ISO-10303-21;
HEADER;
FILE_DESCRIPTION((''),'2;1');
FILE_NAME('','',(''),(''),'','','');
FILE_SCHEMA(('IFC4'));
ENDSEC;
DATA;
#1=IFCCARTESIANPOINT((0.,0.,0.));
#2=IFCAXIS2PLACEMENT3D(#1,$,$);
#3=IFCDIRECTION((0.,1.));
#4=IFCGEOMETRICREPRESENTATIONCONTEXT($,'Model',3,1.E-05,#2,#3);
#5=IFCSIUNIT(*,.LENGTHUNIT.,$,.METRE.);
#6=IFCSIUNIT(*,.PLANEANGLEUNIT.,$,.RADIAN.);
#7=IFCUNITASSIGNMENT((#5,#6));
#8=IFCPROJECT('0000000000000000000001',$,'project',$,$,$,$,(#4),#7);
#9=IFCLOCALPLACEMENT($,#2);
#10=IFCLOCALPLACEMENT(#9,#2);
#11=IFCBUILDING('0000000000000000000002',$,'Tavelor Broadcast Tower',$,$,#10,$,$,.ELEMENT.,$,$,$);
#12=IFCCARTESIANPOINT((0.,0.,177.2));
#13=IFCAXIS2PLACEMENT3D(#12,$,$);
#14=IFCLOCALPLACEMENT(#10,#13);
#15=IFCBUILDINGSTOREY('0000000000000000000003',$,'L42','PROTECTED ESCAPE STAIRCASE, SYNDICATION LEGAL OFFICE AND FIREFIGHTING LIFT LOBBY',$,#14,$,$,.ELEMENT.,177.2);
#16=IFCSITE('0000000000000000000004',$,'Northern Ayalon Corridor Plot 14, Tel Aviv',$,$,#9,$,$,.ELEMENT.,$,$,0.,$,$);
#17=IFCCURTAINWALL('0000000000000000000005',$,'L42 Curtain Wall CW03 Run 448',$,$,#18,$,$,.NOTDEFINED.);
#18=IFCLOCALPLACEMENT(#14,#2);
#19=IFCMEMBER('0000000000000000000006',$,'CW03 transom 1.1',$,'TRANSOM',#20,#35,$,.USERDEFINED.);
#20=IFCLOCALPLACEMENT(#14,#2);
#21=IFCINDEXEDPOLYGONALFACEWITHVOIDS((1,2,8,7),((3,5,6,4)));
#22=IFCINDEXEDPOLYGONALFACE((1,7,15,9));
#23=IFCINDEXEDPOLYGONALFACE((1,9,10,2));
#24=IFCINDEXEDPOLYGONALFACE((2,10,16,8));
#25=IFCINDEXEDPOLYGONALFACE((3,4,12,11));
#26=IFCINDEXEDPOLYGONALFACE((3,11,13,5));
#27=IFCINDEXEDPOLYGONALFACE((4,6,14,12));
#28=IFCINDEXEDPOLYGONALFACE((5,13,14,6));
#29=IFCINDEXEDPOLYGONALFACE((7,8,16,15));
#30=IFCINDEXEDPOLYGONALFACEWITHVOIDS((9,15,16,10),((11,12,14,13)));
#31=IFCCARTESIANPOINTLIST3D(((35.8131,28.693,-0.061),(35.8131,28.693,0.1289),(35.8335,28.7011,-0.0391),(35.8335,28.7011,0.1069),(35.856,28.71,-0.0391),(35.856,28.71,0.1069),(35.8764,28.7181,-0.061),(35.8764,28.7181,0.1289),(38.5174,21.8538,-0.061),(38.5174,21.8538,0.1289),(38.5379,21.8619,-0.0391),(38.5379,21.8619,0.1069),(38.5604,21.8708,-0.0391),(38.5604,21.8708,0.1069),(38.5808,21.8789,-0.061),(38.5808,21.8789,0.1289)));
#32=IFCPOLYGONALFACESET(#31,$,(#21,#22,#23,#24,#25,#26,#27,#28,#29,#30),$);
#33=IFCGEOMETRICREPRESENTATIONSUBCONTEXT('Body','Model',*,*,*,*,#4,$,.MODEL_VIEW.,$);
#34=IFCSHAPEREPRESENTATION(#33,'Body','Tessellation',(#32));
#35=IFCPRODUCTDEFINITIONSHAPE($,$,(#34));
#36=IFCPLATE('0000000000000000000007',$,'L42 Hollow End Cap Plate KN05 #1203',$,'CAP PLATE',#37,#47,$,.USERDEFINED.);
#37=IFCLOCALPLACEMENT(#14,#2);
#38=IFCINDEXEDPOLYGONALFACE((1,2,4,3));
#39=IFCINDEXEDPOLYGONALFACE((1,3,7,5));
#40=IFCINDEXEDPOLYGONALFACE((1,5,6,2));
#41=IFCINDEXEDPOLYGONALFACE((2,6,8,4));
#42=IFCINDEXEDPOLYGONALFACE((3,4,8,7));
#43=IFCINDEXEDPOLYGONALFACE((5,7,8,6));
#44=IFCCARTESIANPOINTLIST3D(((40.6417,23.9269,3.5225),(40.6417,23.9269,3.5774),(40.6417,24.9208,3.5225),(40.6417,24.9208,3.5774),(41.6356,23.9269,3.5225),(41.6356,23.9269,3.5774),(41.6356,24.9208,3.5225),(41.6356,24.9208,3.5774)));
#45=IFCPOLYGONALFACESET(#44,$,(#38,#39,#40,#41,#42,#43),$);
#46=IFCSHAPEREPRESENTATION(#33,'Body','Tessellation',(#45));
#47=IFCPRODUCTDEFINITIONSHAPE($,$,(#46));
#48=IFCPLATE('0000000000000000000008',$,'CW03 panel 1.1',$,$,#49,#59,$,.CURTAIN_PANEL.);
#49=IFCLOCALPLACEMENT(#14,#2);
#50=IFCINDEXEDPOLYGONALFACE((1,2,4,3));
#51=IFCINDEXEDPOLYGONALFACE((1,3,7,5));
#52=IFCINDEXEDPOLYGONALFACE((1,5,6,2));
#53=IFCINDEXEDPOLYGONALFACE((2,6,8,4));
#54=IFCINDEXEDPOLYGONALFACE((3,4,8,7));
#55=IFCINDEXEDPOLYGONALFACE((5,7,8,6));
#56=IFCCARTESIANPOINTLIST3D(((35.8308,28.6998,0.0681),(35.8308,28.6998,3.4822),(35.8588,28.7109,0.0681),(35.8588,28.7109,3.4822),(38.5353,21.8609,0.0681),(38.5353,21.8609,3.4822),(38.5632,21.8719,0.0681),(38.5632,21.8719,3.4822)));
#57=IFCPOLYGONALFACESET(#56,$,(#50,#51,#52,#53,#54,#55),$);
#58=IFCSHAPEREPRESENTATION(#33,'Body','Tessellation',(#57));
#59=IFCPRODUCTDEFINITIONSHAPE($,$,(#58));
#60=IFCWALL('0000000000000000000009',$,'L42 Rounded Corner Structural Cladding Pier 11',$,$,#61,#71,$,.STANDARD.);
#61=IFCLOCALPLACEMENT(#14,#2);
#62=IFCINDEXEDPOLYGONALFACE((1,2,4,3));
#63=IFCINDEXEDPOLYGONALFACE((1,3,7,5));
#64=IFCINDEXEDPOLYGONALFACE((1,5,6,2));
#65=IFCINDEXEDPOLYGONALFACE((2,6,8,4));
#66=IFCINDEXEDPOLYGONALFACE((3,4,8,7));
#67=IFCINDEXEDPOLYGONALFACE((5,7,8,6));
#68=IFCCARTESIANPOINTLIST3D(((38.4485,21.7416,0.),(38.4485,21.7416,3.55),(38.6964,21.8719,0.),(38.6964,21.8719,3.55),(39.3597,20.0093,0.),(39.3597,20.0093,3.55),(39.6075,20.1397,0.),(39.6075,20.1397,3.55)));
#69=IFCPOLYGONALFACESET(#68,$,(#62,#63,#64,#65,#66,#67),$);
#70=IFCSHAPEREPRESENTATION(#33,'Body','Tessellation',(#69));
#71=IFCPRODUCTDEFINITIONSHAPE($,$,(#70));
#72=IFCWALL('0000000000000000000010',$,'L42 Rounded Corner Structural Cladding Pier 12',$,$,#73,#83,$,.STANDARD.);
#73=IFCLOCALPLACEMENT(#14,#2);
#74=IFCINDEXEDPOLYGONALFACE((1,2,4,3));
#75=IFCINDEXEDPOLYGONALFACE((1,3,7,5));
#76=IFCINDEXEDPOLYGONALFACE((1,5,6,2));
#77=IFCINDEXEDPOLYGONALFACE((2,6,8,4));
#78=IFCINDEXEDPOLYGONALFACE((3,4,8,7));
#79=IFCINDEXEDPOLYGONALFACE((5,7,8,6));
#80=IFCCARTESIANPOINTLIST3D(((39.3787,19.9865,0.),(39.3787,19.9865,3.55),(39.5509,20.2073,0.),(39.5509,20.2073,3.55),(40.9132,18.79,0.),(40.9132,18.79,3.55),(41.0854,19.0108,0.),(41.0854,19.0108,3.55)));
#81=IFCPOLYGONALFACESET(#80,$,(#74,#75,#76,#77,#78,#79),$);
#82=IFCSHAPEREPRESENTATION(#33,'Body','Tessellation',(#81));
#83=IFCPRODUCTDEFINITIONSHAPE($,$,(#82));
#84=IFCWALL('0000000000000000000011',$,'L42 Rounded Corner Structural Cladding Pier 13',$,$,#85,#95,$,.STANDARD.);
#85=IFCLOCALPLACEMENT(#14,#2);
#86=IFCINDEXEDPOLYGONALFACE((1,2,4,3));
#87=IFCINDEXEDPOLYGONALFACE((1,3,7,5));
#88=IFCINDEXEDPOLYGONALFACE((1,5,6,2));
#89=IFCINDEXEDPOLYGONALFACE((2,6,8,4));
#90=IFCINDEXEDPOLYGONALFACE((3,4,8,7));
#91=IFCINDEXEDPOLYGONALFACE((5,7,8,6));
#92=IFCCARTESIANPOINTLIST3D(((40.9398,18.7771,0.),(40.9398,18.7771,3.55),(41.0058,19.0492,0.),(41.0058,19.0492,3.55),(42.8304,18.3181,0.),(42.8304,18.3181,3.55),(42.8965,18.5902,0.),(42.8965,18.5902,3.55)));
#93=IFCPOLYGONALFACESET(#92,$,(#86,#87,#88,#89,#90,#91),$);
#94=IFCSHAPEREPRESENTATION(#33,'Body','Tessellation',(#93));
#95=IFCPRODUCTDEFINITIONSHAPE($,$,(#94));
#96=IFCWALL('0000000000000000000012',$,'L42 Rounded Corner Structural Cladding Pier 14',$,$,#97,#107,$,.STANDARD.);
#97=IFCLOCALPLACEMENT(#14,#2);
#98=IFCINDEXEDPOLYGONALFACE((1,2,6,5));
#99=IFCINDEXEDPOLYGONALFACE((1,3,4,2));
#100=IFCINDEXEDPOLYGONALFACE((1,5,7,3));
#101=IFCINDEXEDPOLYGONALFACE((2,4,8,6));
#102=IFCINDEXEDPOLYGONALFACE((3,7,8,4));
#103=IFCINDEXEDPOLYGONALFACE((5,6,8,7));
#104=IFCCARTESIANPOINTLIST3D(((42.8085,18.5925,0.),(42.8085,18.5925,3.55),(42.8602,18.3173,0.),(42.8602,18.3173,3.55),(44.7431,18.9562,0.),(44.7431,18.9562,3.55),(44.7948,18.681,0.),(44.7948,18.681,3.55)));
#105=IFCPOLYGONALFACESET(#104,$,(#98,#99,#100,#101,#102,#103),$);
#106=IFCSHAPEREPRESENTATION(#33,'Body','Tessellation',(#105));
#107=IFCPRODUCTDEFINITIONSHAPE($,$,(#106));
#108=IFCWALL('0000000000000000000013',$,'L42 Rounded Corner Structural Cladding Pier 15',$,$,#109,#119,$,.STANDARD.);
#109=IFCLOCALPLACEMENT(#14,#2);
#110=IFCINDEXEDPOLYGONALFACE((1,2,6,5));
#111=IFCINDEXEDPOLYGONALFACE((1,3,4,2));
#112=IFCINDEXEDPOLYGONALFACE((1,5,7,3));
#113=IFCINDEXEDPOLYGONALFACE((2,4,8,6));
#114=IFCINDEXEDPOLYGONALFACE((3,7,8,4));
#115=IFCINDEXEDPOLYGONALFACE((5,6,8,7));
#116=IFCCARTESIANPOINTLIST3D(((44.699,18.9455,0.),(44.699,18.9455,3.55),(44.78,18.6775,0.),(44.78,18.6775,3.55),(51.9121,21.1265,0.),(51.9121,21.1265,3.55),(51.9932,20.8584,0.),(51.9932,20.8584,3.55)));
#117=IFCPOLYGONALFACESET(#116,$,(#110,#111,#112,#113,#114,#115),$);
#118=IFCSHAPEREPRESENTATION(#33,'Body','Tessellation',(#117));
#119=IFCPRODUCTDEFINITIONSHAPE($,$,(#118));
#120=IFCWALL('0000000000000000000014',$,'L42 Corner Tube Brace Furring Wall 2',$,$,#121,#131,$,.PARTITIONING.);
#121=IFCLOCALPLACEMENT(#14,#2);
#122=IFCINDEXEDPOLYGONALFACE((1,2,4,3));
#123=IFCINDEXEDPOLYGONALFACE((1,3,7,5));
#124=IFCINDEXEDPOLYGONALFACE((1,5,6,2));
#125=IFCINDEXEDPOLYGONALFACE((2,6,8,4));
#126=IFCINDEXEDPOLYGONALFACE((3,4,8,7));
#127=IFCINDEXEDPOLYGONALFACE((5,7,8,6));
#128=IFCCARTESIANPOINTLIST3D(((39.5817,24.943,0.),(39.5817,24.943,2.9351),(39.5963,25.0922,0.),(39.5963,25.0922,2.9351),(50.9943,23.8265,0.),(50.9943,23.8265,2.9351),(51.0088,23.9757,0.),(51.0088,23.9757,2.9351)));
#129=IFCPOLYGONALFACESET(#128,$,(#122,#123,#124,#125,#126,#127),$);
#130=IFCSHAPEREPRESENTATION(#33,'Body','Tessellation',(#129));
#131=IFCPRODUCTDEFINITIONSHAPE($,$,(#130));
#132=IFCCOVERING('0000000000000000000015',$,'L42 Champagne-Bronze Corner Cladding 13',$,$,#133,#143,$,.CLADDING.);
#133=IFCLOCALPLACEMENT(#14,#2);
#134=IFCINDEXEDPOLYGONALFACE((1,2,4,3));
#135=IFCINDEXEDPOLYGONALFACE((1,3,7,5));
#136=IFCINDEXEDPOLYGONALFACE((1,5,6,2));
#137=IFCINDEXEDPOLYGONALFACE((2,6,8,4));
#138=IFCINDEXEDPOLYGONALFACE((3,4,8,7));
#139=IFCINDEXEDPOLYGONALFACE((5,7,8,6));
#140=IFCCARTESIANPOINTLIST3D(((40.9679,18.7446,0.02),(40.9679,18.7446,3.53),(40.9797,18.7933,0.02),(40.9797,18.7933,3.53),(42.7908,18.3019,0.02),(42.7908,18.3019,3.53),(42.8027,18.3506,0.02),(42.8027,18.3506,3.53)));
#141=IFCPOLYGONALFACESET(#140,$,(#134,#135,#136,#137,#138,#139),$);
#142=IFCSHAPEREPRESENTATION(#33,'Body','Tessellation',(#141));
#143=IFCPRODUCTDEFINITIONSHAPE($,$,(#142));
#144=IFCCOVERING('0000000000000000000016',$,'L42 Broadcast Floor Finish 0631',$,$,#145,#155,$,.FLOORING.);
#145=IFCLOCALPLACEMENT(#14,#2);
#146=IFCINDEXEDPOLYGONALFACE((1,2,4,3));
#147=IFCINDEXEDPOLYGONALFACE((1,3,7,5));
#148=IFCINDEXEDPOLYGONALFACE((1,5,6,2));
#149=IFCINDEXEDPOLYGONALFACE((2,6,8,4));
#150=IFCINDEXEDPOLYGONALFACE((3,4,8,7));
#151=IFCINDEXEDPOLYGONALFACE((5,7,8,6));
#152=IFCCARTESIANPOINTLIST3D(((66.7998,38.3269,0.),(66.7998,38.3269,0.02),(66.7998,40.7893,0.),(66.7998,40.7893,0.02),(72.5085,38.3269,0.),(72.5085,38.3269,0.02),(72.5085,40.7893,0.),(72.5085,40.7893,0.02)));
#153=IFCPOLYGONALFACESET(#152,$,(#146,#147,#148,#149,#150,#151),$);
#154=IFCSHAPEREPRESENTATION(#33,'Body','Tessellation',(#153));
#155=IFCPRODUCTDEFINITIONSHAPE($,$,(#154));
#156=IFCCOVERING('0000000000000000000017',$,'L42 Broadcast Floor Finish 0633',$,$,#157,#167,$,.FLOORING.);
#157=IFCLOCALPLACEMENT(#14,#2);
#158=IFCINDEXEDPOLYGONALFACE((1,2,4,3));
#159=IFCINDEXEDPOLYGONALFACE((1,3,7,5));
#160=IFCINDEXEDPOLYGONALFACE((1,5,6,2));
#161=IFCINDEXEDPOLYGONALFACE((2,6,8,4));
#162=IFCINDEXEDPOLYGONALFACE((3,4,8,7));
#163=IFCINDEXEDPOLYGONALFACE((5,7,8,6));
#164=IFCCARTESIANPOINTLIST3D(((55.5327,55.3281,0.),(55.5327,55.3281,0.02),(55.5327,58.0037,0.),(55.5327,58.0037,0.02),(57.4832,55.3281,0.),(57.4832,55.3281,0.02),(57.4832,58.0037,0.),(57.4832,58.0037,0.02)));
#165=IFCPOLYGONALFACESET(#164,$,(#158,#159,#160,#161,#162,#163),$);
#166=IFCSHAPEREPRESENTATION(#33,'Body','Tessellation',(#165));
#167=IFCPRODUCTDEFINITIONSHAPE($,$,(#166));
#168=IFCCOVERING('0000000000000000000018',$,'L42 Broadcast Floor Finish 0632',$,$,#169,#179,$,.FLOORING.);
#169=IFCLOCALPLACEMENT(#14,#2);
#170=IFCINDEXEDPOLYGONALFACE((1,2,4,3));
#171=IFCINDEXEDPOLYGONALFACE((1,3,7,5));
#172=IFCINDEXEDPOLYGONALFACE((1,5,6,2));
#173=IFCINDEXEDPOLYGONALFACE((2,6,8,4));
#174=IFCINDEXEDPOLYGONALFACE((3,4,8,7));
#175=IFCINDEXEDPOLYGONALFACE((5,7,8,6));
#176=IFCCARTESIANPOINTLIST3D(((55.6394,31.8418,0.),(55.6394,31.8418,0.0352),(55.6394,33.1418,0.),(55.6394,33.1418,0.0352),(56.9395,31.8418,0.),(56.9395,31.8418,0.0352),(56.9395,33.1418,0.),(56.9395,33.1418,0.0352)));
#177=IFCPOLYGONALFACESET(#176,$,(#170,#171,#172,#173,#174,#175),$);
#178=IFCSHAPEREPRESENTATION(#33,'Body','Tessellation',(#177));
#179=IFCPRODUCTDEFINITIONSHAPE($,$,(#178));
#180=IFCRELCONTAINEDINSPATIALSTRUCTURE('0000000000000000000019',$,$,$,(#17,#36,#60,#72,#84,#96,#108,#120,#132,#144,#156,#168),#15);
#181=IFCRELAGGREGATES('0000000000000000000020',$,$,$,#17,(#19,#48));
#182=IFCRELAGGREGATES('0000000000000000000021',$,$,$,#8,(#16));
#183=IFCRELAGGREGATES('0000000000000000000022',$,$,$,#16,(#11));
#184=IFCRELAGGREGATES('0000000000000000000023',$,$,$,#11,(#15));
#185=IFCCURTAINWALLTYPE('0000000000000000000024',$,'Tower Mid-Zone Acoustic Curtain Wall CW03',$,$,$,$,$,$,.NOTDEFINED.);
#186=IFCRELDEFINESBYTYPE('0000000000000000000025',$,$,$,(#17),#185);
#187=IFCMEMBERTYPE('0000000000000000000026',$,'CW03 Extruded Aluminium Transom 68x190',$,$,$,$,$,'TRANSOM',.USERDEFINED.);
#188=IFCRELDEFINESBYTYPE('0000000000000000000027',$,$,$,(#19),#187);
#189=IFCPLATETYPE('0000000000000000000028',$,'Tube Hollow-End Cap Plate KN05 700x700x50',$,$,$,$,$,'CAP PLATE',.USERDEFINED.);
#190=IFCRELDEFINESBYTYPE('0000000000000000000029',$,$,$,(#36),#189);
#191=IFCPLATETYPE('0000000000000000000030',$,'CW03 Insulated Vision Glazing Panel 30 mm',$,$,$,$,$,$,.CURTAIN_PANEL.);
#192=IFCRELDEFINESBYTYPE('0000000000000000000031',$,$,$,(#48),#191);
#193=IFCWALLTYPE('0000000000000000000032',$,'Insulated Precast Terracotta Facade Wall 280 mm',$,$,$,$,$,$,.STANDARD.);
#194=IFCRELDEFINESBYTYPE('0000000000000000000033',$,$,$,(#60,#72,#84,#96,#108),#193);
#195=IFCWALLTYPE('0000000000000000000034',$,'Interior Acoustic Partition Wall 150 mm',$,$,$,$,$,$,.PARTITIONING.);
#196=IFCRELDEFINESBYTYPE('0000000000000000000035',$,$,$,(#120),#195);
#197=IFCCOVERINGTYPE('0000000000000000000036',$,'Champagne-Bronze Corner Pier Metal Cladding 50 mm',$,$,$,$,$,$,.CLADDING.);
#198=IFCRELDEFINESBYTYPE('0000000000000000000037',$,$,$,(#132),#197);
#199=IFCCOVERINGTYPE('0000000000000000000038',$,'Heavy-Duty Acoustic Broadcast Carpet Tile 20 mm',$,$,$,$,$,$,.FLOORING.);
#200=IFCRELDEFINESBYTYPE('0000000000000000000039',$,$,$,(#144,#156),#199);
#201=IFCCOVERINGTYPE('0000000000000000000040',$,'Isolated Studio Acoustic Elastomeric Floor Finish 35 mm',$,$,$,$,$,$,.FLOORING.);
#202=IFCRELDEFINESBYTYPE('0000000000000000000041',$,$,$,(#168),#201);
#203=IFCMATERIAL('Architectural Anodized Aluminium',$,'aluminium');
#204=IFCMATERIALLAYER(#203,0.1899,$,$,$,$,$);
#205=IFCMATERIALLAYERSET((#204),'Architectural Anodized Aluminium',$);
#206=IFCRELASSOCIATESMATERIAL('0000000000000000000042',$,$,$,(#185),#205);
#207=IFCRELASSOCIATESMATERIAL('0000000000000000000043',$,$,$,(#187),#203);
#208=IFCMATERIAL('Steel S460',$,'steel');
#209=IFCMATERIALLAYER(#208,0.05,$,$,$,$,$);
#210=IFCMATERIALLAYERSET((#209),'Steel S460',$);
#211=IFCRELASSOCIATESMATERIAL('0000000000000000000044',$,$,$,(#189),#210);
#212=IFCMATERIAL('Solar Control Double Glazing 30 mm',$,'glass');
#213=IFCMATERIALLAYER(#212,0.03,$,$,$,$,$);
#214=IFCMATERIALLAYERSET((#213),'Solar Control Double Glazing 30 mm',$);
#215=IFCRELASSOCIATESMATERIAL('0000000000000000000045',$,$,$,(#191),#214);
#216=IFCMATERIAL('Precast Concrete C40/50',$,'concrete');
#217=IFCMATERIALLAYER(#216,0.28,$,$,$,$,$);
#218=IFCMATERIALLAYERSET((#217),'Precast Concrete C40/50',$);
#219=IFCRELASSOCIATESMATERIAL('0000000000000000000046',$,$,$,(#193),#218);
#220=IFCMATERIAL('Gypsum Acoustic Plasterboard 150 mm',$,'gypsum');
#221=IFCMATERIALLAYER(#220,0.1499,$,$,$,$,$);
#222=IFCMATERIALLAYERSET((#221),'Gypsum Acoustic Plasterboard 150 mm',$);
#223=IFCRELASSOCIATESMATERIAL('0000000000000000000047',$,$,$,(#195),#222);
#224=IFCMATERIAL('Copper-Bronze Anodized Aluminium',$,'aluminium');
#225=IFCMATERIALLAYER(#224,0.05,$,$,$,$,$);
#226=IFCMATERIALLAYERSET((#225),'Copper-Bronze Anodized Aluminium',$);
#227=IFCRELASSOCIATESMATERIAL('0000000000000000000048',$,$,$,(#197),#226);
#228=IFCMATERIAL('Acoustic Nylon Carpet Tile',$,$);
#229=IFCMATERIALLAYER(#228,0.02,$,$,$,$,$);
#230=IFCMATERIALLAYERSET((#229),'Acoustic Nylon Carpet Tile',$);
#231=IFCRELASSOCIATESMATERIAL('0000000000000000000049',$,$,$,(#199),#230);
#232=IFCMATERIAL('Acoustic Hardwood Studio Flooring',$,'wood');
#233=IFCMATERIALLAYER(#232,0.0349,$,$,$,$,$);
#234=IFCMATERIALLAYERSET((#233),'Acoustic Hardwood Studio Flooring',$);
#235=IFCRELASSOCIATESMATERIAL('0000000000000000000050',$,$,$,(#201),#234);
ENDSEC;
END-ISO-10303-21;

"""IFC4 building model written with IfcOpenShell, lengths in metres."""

from ifc_helpers import new_model, si_unit, direction, frame, frame_2d, origin, origin_2d, place, context, subcontext, project, spatial, polyline, rectangle, hollow_rectangle, outline, extrude, source, transform, mapped, material, layer, layer_set, material_profile, profile_set, type_object, type_shapes, element, aggregate, save


model = new_model("IFC4")

# Units and contexts
model_context = context("Model", 3, precision=1e-05, world=origin(), true_north=direction((0.0, 1.0)))
body_context = subcontext(model_context, "Body", "Model", "MODEL_VIEW")
ifc_project = project(units=[si_unit("LENGTHUNIT", "METRE"), si_unit("PLANEANGLEUNIT", "RADIAN")], contexts=[model_context])

# Site, building, storey
site_placement = place(None, origin())
site = spatial("IfcSite", under=ifc_project, at=site_placement, Name="Northern Ayalon Corridor Plot 14, Tel Aviv", CompositionType="ELEMENT", RefElevation=0.0)
building_placement = place(site_placement, origin())
building = spatial("IfcBuilding", under=site, at=building_placement, Name="Tavelor Broadcast Tower", CompositionType="ELEMENT")
storey_placement = place(building_placement, frame((0.0, 0.0, 177.2)))
storey = spatial("IfcBuildingStorey", under=building, at=storey_placement, Name="L42", Description="PROTECTED ESCAPE STAIRCASE, SYNDICATION LEGAL OFFICE AND FIREFIGHTING LIFT LOBBY", CompositionType="ELEMENT", Elevation=177.2)

# Shared definitions
ifc_material_1 = material(Name="Steel S460", Category="steel")

# Curtain wall, member
ifc_material_2 = material(Name="Architectural Anodized Aluminium", Category="aluminium")
ifc_layer_1 = layer(ifc_material_2, 0.1899)
ifc_layer_set_1 = layer_set([ifc_layer_1], Name="Architectural Anodized Aluminium")
curtain_wall_type = type_object("IfcCurtainWallType", Name="Tower Mid-Zone Acoustic Curtain Wall CW03", PredefinedType="NOTDEFINED", material=ifc_layer_set_1)
curtain_wall_placement = place(storey_placement, origin())
curtain_wall = element("IfcCurtainWall", 1, at=curtain_wall_placement, inside=storey, type_object=curtain_wall_type, Name="L42 Curtain Wall CW03 Run 448", PredefinedType="NOTDEFINED")
ifc_material_profile_1 = material_profile(ifc_material_2, hollow_rectangle(XDim=0.0681, YDim=0.1899, WallThickness=0.022, at=origin_2d()), Name="RHS 68x190x22")
ifc_profile_set_1 = profile_set([ifc_material_profile_1], Name="Architectural Anodized Aluminium")
member_type_1 = type_object("IfcMemberType", Name="CW03 Extruded Aluminium Transom 68x190", ElementType="TRANSOM", PredefinedType="USERDEFINED", material=ifc_profile_set_1)
shared_shape_1 = source(origin(), body_context, "Body", "SweptSolid", [
    extrude(hollow_rectangle(XDim=0.0681, YDim=0.1899, WallThickness=0.022, at=origin_2d()), origin(), (0.0, 0.0, 1.0), 7.3545),
])
type_shapes(member_type_1, [shared_shape_1])
member_1_placement = place(storey_placement, frame((35.8447, 28.7056, 0.0339), z_axis=(0.367719, -0.929937, 0.0), x_axis=(0.929937, 0.367719, 0.0)))
member_1 = element("IfcMember", 2, at=member_1_placement, type_object=member_type_1, Name="CW03 transom 1.1", ObjectType="TRANSOM", PredefinedType="USERDEFINED", context=body_context, shape_type="MappedRepresentation", body=[
    mapped(shared_shape_1, transform((0.0, 0.0, 0.0), scale=1.0)),
])

# Plates
ifc_layer_2 = layer(ifc_material_1, 0.05)
ifc_layer_set_2 = layer_set([ifc_layer_2], Name="Steel S460")
plate_type_1 = type_object("IfcPlateType", Name="Tube Hollow-End Cap Plate KN05 700x700x50", ElementType="CAP PLATE", PredefinedType="USERDEFINED", material=ifc_layer_set_2)
shared_shape_2 = source(origin(), body_context, "Body", "SweptSolid", [
    extrude(rectangle(XDim=0.9939, YDim=0.9939, at=origin_2d()), origin(), (0.0, 0.0, 1.0), 0.0549),
])
type_shapes(plate_type_1, [shared_shape_2])
plate_1_placement = place(storey_placement, frame((41.1387, 24.4238, 3.5225), z_axis=(0.0, 0.0, 1.0), x_axis=(1.0, 0.0, 0.0)))
element("IfcPlate", 3, at=plate_1_placement, inside=storey, type_object=plate_type_1, Name="L42 Hollow End Cap Plate KN05 #1203", ObjectType="CAP PLATE", PredefinedType="USERDEFINED", context=body_context, shape_type="MappedRepresentation", body=[
    mapped(shared_shape_2, transform((0.0, 0.0, 0.0), scale=1.0)),
])
ifc_material_3 = material(Name="Solar Control Double Glazing 30 mm", Category="glass")
ifc_layer_3 = layer(ifc_material_3, 0.03)
ifc_layer_set_3 = layer_set([ifc_layer_3], Name="Solar Control Double Glazing 30 mm")
plate_type_2 = type_object("IfcPlateType", Name="CW03 Insulated Vision Glazing Panel 30 mm", PredefinedType="CURTAIN_PANEL", material=ifc_layer_set_3)
shared_shape_3 = source(origin(), body_context, "Body", "SweptSolid", [
    extrude(rectangle(XDim=7.3542, YDim=0.03, at=origin_2d()), origin(), (0.0, 0.0, 1.0), 3.4141),
])
type_shapes(plate_type_2, [shared_shape_3])
plate_2_placement = place(storey_placement, frame((37.197, 25.2859, 0.0681), z_axis=(0.0, 0.0, 1.0), x_axis=(0.367739, -0.929929, 0.0)))
plate_2 = element("IfcPlate", 4, at=plate_2_placement, type_object=plate_type_2, Name="CW03 panel 1.1", PredefinedType="CURTAIN_PANEL", context=body_context, shape_type="MappedRepresentation", body=[
    mapped(shared_shape_3, transform((0.0, 0.0, 0.0), scale=1.0)),
])
aggregate(curtain_wall, [member_1, plate_2])

# Walls
ifc_material_4 = material(Name="Precast Concrete C40/50", Category="concrete")
ifc_layer_4 = layer(ifc_material_4, 0.28)
ifc_layer_set_4 = layer_set([ifc_layer_4], Name="Precast Concrete C40/50")
wall_type_1 = type_object("IfcWallType", Name="Insulated Precast Terracotta Facade Wall 280 mm", PredefinedType="STANDARD", material=ifc_layer_set_4)
wall_1_placement = place(storey_placement, frame((38.5725, 21.8066, 0.0), z_axis=(0.0, 0.0, 1.0), x_axis=(0.46553, -0.885032, 0.0)))
element("IfcWall", 5, at=wall_1_placement, inside=storey, type_object=wall_type_1, Name="L42 Rounded Corner Structural Cladding Pier 11", PredefinedType="STANDARD", context=body_context, shape_type="SweptSolid", body=[
    extrude(rectangle(XDim=1.9573, YDim=0.28, at=frame_2d((0.9785, 0.0))), origin(), (0.0, 0.0, 1.0), 3.55),
])
wall_2_placement = place(storey_placement, frame((39.4648, 20.0969, 0.0), z_axis=(0.0, 0.0, 1.0), x_axis=(0.788581, -0.61493, 0.0)))
element("IfcWall", 6, at=wall_2_placement, inside=storey, type_object=wall_type_1, Name="L42 Rounded Corner Structural Cladding Pier 12", PredefinedType="STANDARD", context=body_context, shape_type="SweptSolid", body=[
    extrude(rectangle(XDim=1.9458, YDim=0.28, at=frame_2d((0.9729, 0.0))), origin(), (0.0, 0.0, 1.0), 3.55),
])
wall_3_placement = place(storey_placement, frame((40.9729, 18.9131, 0.0), z_axis=(0.0, 0.0, 1.0), x_axis=(0.971773, -0.235916, 0.0)))
element("IfcWall", 7, at=wall_3_placement, inside=storey, type_object=wall_type_1, Name="L42 Rounded Corner Structural Cladding Pier 13", PredefinedType="STANDARD", context=body_context, shape_type="SweptSolid", body=[
    extrude(rectangle(XDim=1.9456, YDim=0.28, at=frame_2d((0.9727, 0.0))), origin(), (0.0, 0.0, 1.0), 3.55),
])
wall_4_placement = place(storey_placement, frame((42.8342, 18.4548, 0.0), z_axis=(0.0, 0.0, 1.0), x_axis=(0.982777, 0.184798, 0.0)))
element("IfcWall", 8, at=wall_4_placement, inside=storey, type_object=wall_type_1, Name="L42 Rounded Corner Structural Cladding Pier 14", PredefinedType="STANDARD", context=body_context, shape_type="SweptSolid", body=[
    extrude(rectangle(XDim=1.9685, YDim=0.28, at=frame_2d((0.9844, 0.0))), origin(), (0.0, 0.0, 1.0), 3.55),
])
wall_5_placement = place(storey_placement, frame((44.7395, 18.8115, 0.0), z_axis=(0.0, 0.0, 1.0), x_axis=(0.957204, 0.289413, 0.0)))
element("IfcWall", 9, at=wall_5_placement, inside=storey, type_object=wall_type_1, Name="L42 Rounded Corner Structural Cladding Pier 15", PredefinedType="STANDARD", context=body_context, shape_type="SweptSolid", body=[
    extrude(rectangle(XDim=7.5356, YDim=0.28, at=frame_2d((3.7678, 0.0))), origin(), (0.0, 0.0, 1.0), 3.55),
])
ifc_material_5 = material(Name="Gypsum Acoustic Plasterboard 150 mm", Category="gypsum")
ifc_layer_5 = layer(ifc_material_5, 0.1499)
ifc_layer_set_5 = layer_set([ifc_layer_5], Name="Gypsum Acoustic Plasterboard 150 mm")
wall_type_2 = type_object("IfcWallType", Name="Interior Acoustic Partition Wall 150 mm", PredefinedType="PARTITIONING", material=ifc_layer_set_5)
wall_6_placement = place(storey_placement, frame((39.5891, 25.0176, 0.0), z_axis=(0.0, 0.0, 1.0), x_axis=(0.995249, -0.097362, 0.0)))
element("IfcWall", 10, at=wall_6_placement, inside=storey, type_object=wall_type_2, Name="L42 Corner Tube Brace Furring Wall 2", PredefinedType="PARTITIONING", context=body_context, shape_type="SweptSolid", body=[
    extrude(rectangle(XDim=11.467, YDim=0.1499, at=frame_2d((5.7334, 0.0))), origin(), (0.0, 0.0, 1.0), 2.9351),
])

# Coverings
ifc_material_6 = material(Name="Copper-Bronze Anodized Aluminium", Category="aluminium")
ifc_layer_6 = layer(ifc_material_6, 0.05)
ifc_layer_set_6 = layer_set([ifc_layer_6], Name="Copper-Bronze Anodized Aluminium")
covering_type_1 = type_object("IfcCoveringType", Name="Champagne-Bronze Corner Pier Metal Cladding 50 mm", PredefinedType="CLADDING", material=ifc_layer_set_6)
covering_1_placement = place(storey_placement, frame((41.8853, 18.5476, 0.02), z_axis=(0.0, 0.0, 1.0), x_axis=(0.971755, -0.23599, 0.0)))
element("IfcCovering", 11, at=covering_1_placement, inside=storey, type_object=covering_type_1, Name="L42 Champagne-Bronze Corner Cladding 13", PredefinedType="CLADDING", context=body_context, shape_type="SweptSolid", body=[
    extrude(rectangle(XDim=1.876, YDim=0.05, at=origin_2d()), origin(), (0.0, 0.0, 1.0), 3.51),
])
ifc_material_7 = material(Name="Acoustic Nylon Carpet Tile")
ifc_layer_7 = layer(ifc_material_7, 0.02)
ifc_layer_set_7 = layer_set([ifc_layer_7], Name="Acoustic Nylon Carpet Tile")
covering_type_2 = type_object("IfcCoveringType", Name="Heavy-Duty Acoustic Broadcast Carpet Tile 20 mm", PredefinedType="FLOORING", material=ifc_layer_set_7)
covering_2_placement = place(storey_placement, origin())
element("IfcCovering", 12, at=covering_2_placement, inside=storey, type_object=covering_type_2, Name="L42 Broadcast Floor Finish 0631", PredefinedType="FLOORING", context=body_context, shape_type="SweptSolid", body=[
    extrude(outline(polyline([(66.7998, 38.3269), (72.5085, 38.3269), (72.5085, 40.7893), (66.7998, 40.7893), (66.7998, 38.3269)])), origin(), (0.0, 0.0, 1.0), 0.02),
])
covering_3_placement = place(storey_placement, origin())
element("IfcCovering", 13, at=covering_3_placement, inside=storey, type_object=covering_type_2, Name="L42 Broadcast Floor Finish 0633", PredefinedType="FLOORING", context=body_context, shape_type="SweptSolid", body=[
    extrude(outline(polyline([(55.5327, 55.3281), (57.4832, 55.3281), (57.4832, 58.0037), (55.5327, 58.0037), (55.5327, 55.3281)])), origin(), (0.0, 0.0, 1.0), 0.02),
])
ifc_material_8 = material(Name="Acoustic Hardwood Studio Flooring", Category="wood")
ifc_layer_8 = layer(ifc_material_8, 0.0349)
ifc_layer_set_8 = layer_set([ifc_layer_8], Name="Acoustic Hardwood Studio Flooring")
covering_type_3 = type_object("IfcCoveringType", Name="Isolated Studio Acoustic Elastomeric Floor Finish 35 mm", PredefinedType="FLOORING", material=ifc_layer_set_8)
covering_4_placement = place(storey_placement, origin())
element("IfcCovering", 14, at=covering_4_placement, inside=storey, type_object=covering_type_3, Name="L42 Broadcast Floor Finish 0632", PredefinedType="FLOORING", context=body_context, shape_type="SweptSolid", body=[
    extrude(outline(polyline([(55.6394, 31.8418), (56.9395, 31.8418), (56.9395, 33.1418), (55.6394, 33.1418), (55.6394, 31.8418)])), origin(), (0.0, 0.0, 1.0), 0.0352),
])

save(model, "model.ifc")
